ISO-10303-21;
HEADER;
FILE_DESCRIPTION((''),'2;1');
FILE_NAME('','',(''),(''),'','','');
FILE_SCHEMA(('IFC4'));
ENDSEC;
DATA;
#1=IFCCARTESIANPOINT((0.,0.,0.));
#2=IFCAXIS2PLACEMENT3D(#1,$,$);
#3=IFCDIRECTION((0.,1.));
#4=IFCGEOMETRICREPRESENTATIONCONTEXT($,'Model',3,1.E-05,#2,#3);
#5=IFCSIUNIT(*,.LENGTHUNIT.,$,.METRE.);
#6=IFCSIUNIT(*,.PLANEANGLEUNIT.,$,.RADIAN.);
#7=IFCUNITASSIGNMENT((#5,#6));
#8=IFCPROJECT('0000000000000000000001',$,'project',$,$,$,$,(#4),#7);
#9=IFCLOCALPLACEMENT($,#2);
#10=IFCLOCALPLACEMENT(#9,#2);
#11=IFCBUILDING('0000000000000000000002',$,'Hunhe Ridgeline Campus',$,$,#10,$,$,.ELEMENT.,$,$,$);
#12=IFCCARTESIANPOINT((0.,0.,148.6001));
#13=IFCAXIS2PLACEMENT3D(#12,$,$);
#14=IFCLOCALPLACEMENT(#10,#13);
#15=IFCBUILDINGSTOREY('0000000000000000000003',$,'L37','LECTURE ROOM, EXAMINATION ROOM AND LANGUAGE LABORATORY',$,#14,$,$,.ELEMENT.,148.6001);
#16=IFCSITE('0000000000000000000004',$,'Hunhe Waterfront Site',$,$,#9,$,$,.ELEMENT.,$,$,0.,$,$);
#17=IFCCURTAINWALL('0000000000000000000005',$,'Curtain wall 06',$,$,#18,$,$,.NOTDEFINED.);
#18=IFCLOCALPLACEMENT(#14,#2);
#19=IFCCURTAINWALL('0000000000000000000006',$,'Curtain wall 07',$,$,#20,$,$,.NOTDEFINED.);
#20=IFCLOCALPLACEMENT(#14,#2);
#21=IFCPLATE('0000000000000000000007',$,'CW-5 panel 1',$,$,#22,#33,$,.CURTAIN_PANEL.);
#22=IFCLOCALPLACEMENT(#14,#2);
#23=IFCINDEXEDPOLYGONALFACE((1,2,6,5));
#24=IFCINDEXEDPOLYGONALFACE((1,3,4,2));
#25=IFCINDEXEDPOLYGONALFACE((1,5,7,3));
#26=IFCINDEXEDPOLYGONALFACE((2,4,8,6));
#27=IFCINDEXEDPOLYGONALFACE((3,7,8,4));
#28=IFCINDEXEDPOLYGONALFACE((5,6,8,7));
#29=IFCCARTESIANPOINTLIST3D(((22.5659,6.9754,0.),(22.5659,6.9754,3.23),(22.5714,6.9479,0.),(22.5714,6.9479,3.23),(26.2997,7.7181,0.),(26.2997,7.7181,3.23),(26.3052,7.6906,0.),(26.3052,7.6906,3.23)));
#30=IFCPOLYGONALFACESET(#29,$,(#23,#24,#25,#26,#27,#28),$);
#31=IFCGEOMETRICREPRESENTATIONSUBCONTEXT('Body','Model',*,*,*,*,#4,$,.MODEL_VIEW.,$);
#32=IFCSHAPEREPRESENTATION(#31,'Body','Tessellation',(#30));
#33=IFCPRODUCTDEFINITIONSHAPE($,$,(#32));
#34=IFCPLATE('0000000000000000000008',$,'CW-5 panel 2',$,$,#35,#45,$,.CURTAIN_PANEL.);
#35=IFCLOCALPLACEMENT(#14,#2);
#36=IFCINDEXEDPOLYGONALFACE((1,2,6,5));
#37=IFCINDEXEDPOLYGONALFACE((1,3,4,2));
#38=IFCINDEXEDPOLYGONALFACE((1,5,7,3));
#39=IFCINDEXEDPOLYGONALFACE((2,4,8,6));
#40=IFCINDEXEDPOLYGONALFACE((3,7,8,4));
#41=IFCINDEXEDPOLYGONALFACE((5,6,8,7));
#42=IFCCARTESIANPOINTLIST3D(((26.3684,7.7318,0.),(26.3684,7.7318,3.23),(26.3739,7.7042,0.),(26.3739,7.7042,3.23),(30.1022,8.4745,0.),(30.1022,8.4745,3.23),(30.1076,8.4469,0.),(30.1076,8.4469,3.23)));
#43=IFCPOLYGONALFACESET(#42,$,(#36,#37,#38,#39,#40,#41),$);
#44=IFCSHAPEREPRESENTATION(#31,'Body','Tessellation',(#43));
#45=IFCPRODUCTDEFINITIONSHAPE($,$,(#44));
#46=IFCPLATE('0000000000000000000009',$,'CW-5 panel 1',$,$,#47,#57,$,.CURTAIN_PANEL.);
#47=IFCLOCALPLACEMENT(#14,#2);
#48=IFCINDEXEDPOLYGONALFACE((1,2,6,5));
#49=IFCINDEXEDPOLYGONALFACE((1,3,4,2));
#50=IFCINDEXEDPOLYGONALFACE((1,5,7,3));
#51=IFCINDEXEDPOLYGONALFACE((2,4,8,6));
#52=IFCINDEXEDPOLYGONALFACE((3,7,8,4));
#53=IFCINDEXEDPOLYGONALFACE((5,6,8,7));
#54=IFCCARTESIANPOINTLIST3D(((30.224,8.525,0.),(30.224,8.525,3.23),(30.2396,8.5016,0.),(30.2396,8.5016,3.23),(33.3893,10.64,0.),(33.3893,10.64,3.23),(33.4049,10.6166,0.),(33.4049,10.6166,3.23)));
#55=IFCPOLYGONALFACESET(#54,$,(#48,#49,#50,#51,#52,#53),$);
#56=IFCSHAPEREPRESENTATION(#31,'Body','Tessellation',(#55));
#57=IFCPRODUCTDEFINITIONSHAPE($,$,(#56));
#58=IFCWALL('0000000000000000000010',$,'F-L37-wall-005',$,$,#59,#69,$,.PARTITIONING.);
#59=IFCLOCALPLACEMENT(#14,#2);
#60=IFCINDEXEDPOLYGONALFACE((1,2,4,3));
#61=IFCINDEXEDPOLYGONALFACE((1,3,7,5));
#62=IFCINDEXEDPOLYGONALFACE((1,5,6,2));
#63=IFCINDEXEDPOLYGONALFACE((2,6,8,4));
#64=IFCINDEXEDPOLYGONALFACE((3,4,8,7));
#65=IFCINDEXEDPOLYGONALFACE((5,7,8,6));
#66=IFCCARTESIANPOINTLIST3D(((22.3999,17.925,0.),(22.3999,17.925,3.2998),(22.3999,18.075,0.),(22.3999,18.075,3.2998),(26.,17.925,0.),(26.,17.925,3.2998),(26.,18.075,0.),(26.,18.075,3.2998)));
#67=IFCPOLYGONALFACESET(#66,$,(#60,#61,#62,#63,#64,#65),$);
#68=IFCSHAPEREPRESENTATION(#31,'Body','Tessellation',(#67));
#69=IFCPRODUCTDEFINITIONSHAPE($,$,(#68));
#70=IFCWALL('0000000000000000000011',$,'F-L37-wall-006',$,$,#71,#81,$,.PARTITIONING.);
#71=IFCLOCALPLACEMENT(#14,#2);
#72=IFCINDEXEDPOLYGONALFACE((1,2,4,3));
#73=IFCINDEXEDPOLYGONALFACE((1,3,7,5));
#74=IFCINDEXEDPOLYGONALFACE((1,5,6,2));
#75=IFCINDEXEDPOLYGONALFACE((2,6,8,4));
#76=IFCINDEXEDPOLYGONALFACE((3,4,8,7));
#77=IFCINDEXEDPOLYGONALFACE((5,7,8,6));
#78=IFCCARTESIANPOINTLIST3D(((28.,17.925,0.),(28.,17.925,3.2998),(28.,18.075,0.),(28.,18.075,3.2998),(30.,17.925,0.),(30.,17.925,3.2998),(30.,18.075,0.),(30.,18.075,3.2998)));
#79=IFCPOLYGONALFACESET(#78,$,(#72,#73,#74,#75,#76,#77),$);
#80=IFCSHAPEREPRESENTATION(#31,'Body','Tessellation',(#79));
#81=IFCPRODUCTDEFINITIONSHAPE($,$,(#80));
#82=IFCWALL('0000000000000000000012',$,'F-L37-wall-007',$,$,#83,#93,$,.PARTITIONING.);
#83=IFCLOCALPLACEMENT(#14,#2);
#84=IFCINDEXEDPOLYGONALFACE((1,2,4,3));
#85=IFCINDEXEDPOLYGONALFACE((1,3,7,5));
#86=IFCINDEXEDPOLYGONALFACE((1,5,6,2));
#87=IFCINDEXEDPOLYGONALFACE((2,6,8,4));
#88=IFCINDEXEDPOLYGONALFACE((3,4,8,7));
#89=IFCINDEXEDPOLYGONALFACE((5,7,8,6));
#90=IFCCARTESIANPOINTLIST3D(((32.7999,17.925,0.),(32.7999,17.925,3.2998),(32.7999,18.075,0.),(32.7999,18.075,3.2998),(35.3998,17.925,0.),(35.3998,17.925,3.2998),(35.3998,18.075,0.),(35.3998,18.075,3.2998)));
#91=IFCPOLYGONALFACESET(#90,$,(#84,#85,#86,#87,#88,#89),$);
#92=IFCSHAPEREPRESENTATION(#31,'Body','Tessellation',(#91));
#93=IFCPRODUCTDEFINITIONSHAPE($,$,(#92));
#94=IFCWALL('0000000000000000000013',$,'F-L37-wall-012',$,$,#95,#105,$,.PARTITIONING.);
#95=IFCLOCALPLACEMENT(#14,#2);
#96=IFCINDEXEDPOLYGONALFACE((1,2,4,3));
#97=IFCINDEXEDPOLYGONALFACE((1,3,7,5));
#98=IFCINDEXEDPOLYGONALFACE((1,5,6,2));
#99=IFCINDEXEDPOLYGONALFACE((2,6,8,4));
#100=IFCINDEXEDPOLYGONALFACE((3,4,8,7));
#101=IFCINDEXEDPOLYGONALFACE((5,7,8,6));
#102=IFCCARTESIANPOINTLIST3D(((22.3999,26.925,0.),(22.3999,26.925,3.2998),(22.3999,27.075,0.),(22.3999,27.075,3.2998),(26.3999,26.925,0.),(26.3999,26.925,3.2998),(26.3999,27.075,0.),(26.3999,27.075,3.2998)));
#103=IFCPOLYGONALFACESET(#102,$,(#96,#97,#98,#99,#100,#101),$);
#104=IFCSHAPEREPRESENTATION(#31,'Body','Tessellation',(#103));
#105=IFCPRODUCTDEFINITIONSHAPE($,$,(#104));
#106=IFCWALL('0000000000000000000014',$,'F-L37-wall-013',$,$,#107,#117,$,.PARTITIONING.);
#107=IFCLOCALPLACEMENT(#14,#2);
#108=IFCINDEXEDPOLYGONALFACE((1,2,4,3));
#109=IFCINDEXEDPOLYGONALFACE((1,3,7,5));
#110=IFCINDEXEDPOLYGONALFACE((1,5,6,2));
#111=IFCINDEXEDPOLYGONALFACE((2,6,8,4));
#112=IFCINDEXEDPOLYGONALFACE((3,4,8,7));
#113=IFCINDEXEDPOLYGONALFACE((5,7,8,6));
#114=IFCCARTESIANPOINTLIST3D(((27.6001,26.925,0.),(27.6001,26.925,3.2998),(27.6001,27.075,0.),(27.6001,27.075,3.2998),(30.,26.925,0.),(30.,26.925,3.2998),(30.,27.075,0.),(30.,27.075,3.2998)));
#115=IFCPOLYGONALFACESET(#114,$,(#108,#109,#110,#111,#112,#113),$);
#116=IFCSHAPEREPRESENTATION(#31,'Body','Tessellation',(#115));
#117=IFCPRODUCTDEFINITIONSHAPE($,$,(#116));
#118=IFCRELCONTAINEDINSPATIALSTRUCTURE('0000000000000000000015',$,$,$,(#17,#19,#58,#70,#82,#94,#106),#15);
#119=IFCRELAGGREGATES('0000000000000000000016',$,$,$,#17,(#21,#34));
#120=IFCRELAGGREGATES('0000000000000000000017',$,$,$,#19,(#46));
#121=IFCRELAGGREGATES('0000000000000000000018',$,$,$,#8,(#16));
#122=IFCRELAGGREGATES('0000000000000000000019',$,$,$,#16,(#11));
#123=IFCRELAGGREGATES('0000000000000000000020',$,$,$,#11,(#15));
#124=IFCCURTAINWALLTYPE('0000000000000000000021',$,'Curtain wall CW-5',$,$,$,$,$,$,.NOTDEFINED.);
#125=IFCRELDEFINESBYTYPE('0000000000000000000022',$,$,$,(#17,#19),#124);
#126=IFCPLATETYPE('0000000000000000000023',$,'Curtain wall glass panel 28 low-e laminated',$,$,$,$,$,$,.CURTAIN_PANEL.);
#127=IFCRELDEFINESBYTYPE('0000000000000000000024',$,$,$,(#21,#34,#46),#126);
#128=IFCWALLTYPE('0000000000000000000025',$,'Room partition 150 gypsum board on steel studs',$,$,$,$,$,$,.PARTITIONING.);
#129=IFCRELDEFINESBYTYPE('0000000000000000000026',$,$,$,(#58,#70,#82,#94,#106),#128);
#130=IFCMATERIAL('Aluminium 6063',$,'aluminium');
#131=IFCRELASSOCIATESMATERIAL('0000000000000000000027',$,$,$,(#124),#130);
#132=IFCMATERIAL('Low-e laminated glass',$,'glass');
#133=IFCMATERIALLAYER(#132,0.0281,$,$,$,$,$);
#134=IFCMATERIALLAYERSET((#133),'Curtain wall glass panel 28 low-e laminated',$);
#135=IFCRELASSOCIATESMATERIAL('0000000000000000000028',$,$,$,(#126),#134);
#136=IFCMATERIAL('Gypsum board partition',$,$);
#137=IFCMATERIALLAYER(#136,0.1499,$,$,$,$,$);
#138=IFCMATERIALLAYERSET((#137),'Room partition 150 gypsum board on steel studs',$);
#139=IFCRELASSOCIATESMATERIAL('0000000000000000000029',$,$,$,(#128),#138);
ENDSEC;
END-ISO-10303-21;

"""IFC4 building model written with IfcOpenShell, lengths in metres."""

from ifc_helpers import new_model, si_unit, direction, frame, frame_2d, origin, origin_2d, place, context, subcontext, project, spatial, rectangle, extrude, material, layer, layer_set, type_object, element, aggregate, save


model = new_model("IFC4")

# Units and contexts
model_context = context("Model", 3, precision=1e-05, world=origin(), true_north=direction((0.0, 1.0)))
body_context = subcontext(model_context, "Body", "Model", "MODEL_VIEW")
ifc_project = project(units=[si_unit("LENGTHUNIT", "METRE"), si_unit("PLANEANGLEUNIT", "RADIAN")], contexts=[model_context])

# Site, building, storey
site_placement = place(None, origin())
site = spatial("IfcSite", under=ifc_project, at=site_placement, Name="Hunhe Waterfront Site", CompositionType="ELEMENT", RefElevation=0.0)
building_placement = place(site_placement, origin())
building = spatial("IfcBuilding", under=site, at=building_placement, Name="Hunhe Ridgeline Campus", CompositionType="ELEMENT")
storey_placement = place(building_placement, frame((0.0, 0.0, 148.6001)))
storey = spatial("IfcBuildingStorey", under=building, at=storey_placement, Name="L37", Description="LECTURE ROOM, EXAMINATION ROOM AND LANGUAGE LABORATORY", CompositionType="ELEMENT", Elevation=148.6001)

# Shared definitions
ifc_material_1 = material(Name="Aluminium 6063", Category="aluminium")
curtain_wall_type = type_object("IfcCurtainWallType", Name="Curtain wall CW-5", PredefinedType="NOTDEFINED", material=ifc_material_1)

# Curtain wall
curtain_wall_1_placement = place(storey_placement, origin())
curtain_wall_1 = element("IfcCurtainWall", 1, at=curtain_wall_1_placement, inside=storey, type_object=curtain_wall_type, Name="Curtain wall 06", PredefinedType="NOTDEFINED")

# Curtain wall
curtain_wall_2_placement = place(storey_placement, origin())
curtain_wall_2 = element("IfcCurtainWall", 2, at=curtain_wall_2_placement, inside=storey, type_object=curtain_wall_type, Name="Curtain wall 07", PredefinedType="NOTDEFINED")

# Plates
ifc_material_2 = material(Name="Low-e laminated glass", Category="glass")
ifc_layer_1 = layer(ifc_material_2, 0.0281)
ifc_layer_set_1 = layer_set([ifc_layer_1], Name="Curtain wall glass panel 28 low-e laminated")
plate_type = type_object("IfcPlateType", Name="Curtain wall glass panel 28 low-e laminated", PredefinedType="CURTAIN_PANEL", material=ifc_layer_set_1)
plate_1_placement = place(storey_placement, frame((24.4355, 7.333, 0.0), z_axis=(0.0, 0.0, 1.0), x_axis=(0.980785, 0.19509, 0.0)))
plate_1 = element("IfcPlate", 3, at=plate_1_placement, type_object=plate_type, Name="CW-5 panel 1", PredefinedType="CURTAIN_PANEL", context=body_context, shape_type="SweptSolid", body=[
    extrude(rectangle(XDim=3.8069, YDim=0.0281, at=origin_2d()), origin(), (0.0, 0.0, 1.0), 3.23),
])
plate_2_placement = place(storey_placement, frame((28.238, 8.0894, 0.0), z_axis=(0.0, 0.0, 1.0), x_axis=(0.980785, 0.19509, 0.0)))
plate_2 = element("IfcPlate", 4, at=plate_2_placement, type_object=plate_type, Name="CW-5 panel 2", PredefinedType="CURTAIN_PANEL", context=body_context, shape_type="SweptSolid", body=[
    extrude(rectangle(XDim=3.8069, YDim=0.0281, at=origin_2d()), origin(), (0.0, 0.0, 1.0), 3.23),
])
aggregate(curtain_wall_1, [plate_1, plate_2])
plate_3_placement = place(storey_placement, frame((31.8145, 9.5708, 0.0), z_axis=(0.0, 0.0, 1.0), x_axis=(0.83147, 0.55557, 0.0)))
plate_3 = element("IfcPlate", 5, at=plate_3_placement, type_object=plate_type, Name="CW-5 panel 1", PredefinedType="CURTAIN_PANEL", context=body_context, shape_type="SweptSolid", body=[
    extrude(rectangle(XDim=3.8069, YDim=0.0281, at=origin_2d()), origin(), (0.0, 0.0, 1.0), 3.23),
])
aggregate(curtain_wall_2, [plate_3])

# Shared definitions
ifc_material_3 = material(Name="Gypsum board partition")

# Walls
ifc_layer_2 = layer(ifc_material_3, 0.1499)
ifc_layer_set_2 = layer_set([ifc_layer_2], Name="Room partition 150 gypsum board on steel studs")
wall_type_1 = type_object("IfcWallType", Name="Room partition 150 gypsum board on steel studs", PredefinedType="PARTITIONING", material=ifc_layer_set_2)
wall_1_placement = place(storey_placement, frame((22.3999, 18.0, 0.0), z_axis=(0.0, 0.0, 1.0), x_axis=(1.0, 0.0, 0.0)))
element("IfcWall", 6, at=wall_1_placement, inside=storey, type_object=wall_type_1, Name="F-L37-wall-005", PredefinedType="PARTITIONING", context=body_context, shape_type="SweptSolid", body=[
    extrude(rectangle(XDim=3.6001, YDim=0.1499, at=frame_2d((1.8, 0.0))), origin(), (0.0, 0.0, 1.0), 3.2998),
])
wall_2_placement = place(storey_placement, frame((28.0, 18.0, 0.0), z_axis=(0.0, 0.0, 1.0), x_axis=(1.0, 0.0, 0.0)))
element("IfcWall", 7, at=wall_2_placement, inside=storey, type_object=wall_type_1, Name="F-L37-wall-006", PredefinedType="PARTITIONING", context=body_context, shape_type="SweptSolid", body=[
    extrude(rectangle(XDim=2.0, YDim=0.1499, at=frame_2d((1.0, 0.0))), origin(), (0.0, 0.0, 1.0), 3.2998),
])
wall_3_placement = place(storey_placement, frame((32.8, 18.0, 0.0), z_axis=(0.0, 0.0, 1.0), x_axis=(1.0, 0.0, 0.0)))
element("IfcWall", 8, at=wall_3_placement, inside=storey, type_object=wall_type_1, Name="F-L37-wall-007", PredefinedType="PARTITIONING", context=body_context, shape_type="SweptSolid", body=[
    extrude(rectangle(XDim=2.5999, YDim=0.1499, at=frame_2d((1.2998, 0.0))), origin(), (0.0, 0.0, 1.0), 3.2998),
])
wall_4_placement = place(storey_placement, frame((22.3999, 27.0, 0.0), z_axis=(0.0, 0.0, 1.0), x_axis=(1.0, 0.0, 0.0)))
element("IfcWall", 9, at=wall_4_placement, inside=storey, type_object=wall_type_1, Name="F-L37-wall-012", PredefinedType="PARTITIONING", context=body_context, shape_type="SweptSolid", body=[
    extrude(rectangle(XDim=4.0, YDim=0.1499, at=frame_2d((2.0, 0.0))), origin(), (0.0, 0.0, 1.0), 3.2998),
])
wall_5_placement = place(storey_placement, frame((27.6001, 27.0, 0.0), z_axis=(0.0, 0.0, 1.0), x_axis=(1.0, 0.0, 0.0)))
element("IfcWall", 10, at=wall_5_placement, inside=storey, type_object=wall_type_1, Name="F-L37-wall-013", PredefinedType="PARTITIONING", context=body_context, shape_type="SweptSolid", body=[
    extrude(rectangle(XDim=2.3999, YDim=0.1499, at=frame_2d((1.2, 0.0))), origin(), (0.0, 0.0, 1.0), 3.2998),
])

save(model, "model.ifc")
